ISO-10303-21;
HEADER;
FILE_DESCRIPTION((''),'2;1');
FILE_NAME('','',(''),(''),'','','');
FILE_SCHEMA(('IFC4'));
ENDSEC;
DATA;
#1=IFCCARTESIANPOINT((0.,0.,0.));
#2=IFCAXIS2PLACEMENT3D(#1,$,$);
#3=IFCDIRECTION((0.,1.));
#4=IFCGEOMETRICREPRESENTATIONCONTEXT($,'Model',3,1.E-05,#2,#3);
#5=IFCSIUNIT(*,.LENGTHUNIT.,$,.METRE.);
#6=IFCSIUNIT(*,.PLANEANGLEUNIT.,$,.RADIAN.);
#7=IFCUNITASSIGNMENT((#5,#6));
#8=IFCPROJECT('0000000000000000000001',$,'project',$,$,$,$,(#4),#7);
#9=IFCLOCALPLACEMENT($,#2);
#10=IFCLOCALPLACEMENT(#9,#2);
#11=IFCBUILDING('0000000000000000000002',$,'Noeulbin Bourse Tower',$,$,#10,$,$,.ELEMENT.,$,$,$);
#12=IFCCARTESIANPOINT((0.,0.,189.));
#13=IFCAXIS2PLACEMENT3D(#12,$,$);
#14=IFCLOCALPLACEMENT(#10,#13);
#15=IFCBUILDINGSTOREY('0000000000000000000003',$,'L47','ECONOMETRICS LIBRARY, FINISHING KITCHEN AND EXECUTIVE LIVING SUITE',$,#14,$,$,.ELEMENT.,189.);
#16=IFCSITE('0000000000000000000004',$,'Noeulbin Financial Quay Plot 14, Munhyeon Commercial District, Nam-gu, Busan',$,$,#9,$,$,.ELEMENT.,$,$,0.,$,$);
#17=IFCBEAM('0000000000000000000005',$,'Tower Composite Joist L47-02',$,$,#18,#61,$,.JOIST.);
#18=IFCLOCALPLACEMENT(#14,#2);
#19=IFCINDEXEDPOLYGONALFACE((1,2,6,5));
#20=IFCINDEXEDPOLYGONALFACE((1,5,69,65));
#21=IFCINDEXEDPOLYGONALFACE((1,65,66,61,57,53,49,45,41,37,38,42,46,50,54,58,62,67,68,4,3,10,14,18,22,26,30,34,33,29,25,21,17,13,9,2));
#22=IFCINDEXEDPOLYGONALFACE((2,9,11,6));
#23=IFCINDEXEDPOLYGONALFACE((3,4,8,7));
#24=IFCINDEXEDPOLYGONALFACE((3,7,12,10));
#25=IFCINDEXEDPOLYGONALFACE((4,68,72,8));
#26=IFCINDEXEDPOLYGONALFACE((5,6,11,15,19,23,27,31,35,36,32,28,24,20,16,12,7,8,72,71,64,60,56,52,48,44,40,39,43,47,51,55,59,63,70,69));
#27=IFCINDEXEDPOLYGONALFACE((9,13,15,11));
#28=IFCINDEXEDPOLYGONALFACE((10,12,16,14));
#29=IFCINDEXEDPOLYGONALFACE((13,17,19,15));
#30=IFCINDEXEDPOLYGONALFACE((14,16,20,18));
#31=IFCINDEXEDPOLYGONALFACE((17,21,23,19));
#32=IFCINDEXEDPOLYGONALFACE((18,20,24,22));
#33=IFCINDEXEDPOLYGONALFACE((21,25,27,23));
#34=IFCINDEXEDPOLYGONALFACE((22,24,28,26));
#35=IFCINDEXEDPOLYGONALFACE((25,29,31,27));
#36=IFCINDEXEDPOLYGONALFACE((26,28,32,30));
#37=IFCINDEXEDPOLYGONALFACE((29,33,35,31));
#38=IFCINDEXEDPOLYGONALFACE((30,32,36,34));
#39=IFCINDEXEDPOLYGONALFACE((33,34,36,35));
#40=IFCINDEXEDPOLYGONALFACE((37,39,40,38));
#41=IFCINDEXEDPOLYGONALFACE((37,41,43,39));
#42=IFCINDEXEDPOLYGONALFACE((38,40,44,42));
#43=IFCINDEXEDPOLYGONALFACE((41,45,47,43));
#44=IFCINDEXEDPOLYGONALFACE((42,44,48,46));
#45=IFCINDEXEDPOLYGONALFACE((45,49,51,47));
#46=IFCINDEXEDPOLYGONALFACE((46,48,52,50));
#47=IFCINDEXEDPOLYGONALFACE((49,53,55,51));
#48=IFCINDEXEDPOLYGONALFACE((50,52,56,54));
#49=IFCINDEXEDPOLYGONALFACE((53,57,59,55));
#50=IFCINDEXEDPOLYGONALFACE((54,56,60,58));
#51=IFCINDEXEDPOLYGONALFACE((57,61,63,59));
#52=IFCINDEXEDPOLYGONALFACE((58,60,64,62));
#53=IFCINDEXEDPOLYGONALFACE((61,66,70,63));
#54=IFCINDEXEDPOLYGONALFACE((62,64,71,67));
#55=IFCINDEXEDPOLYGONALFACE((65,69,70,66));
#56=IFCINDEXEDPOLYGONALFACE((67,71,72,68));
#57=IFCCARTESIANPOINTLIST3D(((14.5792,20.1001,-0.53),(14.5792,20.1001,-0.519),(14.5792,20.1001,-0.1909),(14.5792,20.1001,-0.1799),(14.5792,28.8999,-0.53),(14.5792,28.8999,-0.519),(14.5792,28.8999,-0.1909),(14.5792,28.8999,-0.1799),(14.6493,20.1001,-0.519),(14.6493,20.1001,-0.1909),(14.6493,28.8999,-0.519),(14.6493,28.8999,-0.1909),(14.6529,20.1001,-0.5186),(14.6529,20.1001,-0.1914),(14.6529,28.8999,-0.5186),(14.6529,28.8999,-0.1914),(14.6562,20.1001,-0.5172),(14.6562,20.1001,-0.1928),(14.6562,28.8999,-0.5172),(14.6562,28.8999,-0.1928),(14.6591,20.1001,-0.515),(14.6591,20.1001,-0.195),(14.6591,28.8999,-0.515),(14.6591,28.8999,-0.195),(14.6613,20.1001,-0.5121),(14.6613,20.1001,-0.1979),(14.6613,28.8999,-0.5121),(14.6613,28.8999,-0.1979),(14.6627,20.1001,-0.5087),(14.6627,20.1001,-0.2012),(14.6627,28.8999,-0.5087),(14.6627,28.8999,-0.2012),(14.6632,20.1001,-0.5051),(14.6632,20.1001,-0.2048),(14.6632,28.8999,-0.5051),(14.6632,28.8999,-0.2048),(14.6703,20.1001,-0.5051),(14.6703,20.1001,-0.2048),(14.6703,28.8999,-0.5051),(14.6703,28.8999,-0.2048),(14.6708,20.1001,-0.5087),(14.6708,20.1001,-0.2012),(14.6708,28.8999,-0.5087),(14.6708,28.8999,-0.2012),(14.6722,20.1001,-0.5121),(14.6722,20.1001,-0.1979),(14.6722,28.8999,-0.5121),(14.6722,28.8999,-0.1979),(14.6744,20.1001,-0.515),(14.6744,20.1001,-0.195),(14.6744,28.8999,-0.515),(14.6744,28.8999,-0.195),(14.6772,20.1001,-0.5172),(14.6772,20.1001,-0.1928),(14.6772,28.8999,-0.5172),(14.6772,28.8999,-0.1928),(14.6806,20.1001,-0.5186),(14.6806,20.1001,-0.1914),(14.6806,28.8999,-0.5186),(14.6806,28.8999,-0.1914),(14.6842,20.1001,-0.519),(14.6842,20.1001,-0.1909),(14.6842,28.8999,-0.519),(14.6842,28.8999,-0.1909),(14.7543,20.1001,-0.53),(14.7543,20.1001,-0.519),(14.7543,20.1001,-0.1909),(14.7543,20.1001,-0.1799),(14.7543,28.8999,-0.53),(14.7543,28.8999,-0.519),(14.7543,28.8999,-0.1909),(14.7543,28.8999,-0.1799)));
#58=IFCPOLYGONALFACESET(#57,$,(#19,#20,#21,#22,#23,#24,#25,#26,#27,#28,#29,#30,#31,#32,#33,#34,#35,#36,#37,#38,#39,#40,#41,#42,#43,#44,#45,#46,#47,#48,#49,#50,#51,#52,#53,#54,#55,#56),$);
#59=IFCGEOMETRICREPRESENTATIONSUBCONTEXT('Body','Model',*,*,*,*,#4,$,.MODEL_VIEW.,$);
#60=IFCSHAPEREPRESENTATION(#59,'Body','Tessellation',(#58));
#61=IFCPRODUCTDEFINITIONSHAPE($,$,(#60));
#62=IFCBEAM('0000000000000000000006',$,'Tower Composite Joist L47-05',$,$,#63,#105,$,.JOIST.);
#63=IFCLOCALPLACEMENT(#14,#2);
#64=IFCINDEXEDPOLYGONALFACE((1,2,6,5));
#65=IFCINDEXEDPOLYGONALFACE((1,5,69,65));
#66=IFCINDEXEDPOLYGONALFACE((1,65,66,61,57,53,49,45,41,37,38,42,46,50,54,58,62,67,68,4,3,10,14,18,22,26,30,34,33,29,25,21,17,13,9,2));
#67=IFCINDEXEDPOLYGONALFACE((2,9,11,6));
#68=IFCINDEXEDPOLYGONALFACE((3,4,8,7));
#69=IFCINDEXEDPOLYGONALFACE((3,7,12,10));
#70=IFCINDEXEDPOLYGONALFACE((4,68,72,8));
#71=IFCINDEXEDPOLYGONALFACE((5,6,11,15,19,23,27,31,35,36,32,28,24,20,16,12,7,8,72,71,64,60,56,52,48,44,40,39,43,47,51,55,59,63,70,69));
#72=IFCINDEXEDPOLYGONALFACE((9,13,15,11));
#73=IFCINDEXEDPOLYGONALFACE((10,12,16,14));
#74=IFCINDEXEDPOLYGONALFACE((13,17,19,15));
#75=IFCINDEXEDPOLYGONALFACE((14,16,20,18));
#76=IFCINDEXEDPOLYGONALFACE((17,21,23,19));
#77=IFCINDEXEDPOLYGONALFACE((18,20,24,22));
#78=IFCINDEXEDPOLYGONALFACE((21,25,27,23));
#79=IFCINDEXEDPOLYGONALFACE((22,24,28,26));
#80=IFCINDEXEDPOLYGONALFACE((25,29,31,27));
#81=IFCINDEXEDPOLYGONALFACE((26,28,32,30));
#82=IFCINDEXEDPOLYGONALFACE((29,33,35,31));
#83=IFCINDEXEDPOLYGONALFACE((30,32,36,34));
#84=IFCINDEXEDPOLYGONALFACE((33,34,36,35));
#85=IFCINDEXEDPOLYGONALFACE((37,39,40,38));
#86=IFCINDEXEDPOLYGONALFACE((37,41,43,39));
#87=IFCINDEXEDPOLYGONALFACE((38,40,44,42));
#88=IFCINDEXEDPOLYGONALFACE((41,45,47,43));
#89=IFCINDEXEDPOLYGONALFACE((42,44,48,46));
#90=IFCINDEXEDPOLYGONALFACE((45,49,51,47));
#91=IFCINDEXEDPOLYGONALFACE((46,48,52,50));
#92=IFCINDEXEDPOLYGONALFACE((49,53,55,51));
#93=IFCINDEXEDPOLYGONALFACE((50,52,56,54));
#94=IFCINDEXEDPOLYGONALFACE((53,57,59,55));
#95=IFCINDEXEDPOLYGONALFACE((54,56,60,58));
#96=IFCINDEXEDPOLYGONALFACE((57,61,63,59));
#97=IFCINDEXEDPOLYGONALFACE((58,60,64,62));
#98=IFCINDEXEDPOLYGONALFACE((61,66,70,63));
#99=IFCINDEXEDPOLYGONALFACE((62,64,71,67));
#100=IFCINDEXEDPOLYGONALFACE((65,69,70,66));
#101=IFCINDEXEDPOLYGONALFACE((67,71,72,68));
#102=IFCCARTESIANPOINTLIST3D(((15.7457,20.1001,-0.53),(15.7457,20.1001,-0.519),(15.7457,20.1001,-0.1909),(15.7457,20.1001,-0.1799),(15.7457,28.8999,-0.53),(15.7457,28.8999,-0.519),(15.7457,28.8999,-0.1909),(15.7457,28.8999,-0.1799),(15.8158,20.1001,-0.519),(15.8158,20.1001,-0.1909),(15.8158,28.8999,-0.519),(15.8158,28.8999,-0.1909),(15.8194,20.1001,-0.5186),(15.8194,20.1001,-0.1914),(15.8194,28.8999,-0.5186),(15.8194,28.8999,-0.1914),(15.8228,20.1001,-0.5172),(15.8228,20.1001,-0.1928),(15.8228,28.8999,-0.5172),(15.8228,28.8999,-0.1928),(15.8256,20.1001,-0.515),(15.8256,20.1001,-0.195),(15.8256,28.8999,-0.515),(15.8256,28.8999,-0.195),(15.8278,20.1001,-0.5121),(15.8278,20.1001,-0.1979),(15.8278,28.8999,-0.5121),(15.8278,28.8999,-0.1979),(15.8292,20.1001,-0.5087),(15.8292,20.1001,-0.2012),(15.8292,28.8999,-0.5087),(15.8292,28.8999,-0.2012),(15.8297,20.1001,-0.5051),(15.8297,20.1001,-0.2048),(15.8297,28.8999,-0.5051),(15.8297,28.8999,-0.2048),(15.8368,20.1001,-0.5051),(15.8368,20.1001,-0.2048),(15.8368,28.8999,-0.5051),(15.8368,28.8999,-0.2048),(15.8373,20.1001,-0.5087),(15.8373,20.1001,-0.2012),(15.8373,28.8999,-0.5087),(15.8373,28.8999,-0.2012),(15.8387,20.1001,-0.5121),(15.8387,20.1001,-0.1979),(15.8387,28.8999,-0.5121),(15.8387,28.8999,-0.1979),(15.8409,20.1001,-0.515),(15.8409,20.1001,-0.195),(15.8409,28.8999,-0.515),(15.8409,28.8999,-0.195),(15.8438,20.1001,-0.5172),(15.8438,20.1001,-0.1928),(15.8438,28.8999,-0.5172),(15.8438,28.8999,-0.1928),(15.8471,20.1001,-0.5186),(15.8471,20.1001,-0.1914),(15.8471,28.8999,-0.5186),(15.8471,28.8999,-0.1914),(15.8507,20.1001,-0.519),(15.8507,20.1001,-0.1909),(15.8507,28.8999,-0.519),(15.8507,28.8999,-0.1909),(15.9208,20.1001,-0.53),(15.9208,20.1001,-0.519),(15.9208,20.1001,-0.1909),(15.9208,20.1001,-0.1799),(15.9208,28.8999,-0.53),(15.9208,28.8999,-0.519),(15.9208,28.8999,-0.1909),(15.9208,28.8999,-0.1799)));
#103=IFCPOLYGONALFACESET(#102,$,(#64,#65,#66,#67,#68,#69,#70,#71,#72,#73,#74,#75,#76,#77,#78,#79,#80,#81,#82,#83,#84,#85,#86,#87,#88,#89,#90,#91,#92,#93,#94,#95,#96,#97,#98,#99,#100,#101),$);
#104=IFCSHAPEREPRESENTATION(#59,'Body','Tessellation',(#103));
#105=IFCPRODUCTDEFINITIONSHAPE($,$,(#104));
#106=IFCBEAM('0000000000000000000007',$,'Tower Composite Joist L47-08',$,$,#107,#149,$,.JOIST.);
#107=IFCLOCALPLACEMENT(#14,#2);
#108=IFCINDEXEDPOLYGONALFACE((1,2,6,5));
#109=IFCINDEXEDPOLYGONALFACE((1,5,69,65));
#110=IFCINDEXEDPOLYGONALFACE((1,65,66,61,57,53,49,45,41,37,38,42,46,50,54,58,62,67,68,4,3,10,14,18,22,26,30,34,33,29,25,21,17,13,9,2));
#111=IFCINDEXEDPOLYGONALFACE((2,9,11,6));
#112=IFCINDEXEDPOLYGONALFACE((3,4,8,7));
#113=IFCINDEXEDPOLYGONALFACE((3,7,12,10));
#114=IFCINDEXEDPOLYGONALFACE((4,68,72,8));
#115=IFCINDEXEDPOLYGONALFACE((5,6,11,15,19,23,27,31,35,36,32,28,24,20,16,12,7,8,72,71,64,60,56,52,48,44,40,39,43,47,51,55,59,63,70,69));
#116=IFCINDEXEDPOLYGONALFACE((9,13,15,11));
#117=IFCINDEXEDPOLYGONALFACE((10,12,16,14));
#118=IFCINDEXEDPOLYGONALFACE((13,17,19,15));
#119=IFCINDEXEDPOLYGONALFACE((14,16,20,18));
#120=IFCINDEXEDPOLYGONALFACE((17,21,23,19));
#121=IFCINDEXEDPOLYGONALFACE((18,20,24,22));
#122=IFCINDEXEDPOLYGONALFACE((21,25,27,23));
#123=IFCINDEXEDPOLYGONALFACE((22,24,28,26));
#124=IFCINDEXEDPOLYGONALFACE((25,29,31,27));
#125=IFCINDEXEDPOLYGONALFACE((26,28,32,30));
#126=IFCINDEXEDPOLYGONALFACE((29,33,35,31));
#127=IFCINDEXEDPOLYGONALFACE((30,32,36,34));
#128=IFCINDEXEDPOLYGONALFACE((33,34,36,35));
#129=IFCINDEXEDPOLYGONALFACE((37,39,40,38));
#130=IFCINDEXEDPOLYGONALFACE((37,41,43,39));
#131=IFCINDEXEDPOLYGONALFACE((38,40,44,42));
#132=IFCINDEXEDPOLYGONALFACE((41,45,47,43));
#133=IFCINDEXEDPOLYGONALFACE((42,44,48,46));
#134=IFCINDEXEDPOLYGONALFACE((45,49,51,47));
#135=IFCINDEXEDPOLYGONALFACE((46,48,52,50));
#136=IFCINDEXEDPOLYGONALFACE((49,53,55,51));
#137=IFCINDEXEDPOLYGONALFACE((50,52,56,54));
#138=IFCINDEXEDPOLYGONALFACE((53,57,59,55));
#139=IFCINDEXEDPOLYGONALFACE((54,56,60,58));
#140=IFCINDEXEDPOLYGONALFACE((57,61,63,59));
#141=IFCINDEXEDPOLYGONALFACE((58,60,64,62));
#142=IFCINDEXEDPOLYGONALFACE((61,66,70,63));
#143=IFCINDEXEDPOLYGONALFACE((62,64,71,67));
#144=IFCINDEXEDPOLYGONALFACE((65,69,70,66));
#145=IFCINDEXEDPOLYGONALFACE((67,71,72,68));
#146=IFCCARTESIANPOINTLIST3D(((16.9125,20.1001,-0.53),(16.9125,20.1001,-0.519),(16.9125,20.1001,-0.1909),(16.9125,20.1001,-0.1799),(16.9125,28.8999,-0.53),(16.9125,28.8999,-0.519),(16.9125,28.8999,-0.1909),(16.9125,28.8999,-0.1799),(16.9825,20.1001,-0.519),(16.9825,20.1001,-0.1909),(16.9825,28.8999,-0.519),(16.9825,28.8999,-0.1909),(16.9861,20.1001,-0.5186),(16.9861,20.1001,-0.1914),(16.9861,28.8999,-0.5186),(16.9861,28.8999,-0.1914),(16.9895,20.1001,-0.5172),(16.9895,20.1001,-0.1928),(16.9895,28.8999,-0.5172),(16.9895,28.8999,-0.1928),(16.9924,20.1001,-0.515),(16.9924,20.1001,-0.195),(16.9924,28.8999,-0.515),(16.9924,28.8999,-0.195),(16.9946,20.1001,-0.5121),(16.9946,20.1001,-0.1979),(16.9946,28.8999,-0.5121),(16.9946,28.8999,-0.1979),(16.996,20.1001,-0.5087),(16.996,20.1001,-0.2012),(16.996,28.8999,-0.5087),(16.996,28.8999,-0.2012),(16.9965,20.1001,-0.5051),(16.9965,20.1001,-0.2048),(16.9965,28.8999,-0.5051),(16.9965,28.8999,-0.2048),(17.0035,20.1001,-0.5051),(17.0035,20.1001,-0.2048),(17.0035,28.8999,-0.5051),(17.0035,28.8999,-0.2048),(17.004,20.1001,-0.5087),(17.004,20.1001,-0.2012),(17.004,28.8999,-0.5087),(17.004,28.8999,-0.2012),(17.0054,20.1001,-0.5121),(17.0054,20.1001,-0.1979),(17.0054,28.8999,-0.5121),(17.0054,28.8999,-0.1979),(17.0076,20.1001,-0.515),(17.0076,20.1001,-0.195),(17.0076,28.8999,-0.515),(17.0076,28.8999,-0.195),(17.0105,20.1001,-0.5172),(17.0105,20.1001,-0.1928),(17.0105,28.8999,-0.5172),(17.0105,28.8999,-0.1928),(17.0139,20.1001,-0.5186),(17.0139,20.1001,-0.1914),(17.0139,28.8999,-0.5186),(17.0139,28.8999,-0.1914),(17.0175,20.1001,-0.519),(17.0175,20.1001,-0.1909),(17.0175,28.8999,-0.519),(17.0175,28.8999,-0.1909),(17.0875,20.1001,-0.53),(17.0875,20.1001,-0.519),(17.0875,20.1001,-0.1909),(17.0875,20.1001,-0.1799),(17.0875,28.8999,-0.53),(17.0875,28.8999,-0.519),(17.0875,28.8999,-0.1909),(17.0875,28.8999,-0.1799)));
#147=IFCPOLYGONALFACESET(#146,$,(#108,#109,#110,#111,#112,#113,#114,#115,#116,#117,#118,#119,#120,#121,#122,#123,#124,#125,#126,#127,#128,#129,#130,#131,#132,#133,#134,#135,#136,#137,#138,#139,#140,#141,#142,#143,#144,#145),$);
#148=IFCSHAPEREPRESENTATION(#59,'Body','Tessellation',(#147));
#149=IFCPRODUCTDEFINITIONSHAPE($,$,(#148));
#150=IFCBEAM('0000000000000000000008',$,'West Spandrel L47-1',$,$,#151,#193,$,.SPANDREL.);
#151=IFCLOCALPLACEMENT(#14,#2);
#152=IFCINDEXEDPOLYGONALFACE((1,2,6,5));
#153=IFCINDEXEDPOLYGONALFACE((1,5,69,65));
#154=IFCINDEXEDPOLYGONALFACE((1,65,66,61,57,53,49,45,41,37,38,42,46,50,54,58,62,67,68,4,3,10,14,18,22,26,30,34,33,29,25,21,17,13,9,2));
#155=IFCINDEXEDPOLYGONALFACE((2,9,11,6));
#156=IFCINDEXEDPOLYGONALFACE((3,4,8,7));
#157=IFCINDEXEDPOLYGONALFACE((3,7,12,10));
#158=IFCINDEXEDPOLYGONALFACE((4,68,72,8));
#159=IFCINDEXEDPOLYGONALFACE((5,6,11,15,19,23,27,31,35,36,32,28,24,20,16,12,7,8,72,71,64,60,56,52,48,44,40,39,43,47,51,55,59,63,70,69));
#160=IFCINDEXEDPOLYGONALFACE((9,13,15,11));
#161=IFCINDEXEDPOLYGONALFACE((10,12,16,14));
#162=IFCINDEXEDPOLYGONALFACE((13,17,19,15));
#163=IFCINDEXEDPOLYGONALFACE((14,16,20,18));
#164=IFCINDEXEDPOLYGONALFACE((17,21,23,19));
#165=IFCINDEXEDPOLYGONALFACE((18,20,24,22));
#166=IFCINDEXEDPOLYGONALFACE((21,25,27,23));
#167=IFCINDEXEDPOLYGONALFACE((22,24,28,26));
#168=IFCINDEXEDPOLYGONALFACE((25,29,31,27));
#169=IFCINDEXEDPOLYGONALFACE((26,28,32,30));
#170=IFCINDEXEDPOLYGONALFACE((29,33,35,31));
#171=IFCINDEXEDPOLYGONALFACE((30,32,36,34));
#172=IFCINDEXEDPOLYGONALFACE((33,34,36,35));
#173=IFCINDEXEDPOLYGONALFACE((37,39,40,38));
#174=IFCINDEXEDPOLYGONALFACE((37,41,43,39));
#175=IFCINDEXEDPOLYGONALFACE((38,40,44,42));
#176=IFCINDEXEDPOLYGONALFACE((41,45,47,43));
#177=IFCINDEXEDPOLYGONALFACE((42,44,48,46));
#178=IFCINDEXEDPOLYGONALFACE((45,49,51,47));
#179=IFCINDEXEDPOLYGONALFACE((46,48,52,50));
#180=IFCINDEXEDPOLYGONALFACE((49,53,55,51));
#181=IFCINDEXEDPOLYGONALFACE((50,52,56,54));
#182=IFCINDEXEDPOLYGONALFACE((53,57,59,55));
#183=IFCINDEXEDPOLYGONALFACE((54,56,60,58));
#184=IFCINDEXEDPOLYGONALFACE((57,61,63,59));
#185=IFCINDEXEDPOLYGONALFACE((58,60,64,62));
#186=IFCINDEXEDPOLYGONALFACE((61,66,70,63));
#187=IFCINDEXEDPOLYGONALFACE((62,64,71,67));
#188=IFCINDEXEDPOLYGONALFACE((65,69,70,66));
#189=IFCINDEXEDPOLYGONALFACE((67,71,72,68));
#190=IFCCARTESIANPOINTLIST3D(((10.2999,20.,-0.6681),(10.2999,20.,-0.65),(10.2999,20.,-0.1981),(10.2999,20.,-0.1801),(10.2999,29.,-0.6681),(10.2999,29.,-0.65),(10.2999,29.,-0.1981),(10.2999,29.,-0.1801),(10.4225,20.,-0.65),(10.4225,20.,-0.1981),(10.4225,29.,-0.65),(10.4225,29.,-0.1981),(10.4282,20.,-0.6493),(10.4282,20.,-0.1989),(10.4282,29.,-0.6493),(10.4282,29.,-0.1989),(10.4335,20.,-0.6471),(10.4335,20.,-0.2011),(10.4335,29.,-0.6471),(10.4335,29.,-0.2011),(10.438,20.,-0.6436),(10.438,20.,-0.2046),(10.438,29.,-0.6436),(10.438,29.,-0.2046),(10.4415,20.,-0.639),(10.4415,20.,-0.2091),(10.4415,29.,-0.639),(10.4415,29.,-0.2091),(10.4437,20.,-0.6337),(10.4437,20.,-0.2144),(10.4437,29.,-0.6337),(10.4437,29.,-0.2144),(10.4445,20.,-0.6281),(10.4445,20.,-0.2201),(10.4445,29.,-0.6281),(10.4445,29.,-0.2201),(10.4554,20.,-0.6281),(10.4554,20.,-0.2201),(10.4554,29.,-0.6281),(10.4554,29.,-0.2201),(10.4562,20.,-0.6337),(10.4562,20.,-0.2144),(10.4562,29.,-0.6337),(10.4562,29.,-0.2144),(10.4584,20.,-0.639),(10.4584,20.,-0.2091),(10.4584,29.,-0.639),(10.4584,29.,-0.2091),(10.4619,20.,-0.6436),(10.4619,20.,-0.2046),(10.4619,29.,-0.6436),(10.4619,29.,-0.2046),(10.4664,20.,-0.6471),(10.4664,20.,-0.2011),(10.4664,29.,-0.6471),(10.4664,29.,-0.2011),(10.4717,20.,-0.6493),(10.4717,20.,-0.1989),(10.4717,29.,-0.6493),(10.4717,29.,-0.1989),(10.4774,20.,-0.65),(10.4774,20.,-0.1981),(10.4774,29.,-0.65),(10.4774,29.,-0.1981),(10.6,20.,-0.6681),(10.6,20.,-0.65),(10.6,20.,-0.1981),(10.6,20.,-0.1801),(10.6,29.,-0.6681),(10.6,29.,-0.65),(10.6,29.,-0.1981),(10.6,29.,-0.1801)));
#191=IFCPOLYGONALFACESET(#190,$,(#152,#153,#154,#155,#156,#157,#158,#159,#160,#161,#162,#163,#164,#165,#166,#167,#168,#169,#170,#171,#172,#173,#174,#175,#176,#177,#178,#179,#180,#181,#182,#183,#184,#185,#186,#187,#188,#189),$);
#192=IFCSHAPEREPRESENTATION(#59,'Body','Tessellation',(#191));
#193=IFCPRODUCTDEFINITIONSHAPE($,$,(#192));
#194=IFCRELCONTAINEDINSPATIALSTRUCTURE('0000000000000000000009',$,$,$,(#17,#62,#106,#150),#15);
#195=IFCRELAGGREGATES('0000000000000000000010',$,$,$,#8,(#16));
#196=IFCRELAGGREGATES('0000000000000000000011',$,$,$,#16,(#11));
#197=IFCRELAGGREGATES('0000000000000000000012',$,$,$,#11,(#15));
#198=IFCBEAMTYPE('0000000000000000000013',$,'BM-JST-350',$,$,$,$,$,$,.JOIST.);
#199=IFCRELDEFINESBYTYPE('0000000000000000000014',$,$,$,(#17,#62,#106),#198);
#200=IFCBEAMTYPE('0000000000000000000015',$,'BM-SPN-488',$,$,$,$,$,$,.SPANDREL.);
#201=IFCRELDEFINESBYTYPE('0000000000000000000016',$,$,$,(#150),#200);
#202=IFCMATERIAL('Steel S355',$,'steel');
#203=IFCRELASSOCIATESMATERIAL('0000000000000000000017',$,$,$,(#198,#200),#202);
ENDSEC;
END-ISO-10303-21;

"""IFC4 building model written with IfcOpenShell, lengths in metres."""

from ifc_helpers import new_model, si_unit, direction, frame, origin, origin_2d, place, context, subcontext, project, spatial, i_section, extrude, material, material_profile, profile_set, type_object, element, save


model = new_model("IFC4")

# Units and contexts
model_context = context("Model", 3, precision=1e-05, world=origin(), true_north=direction((0.0, 1.0)))
body_context = subcontext(model_context, "Body", "Model", "MODEL_VIEW")
ifc_project = project(units=[si_unit("LENGTHUNIT", "METRE"), si_unit("PLANEANGLEUNIT", "RADIAN")], contexts=[model_context])

# Site, building, storey
site_placement = place(None, origin())
site = spatial("IfcSite", under=ifc_project, at=site_placement, Name="Noeulbin Financial Quay Plot 14, Munhyeon Commercial District, Nam-gu, Busan", CompositionType="ELEMENT", RefElevation=0.0)
building_placement = place(site_placement, origin())
building = spatial("IfcBuilding", under=site, at=building_placement, Name="Noeulbin Bourse Tower", CompositionType="ELEMENT")
storey_placement = place(building_placement, frame((0.0, 0.0, 189.0)))
storey = spatial("IfcBuildingStorey", under=building, at=storey_placement, Name="L47", Description="ECONOMETRICS LIBRARY, FINISHING KITCHEN AND EXECUTIVE LIVING SUITE", CompositionType="ELEMENT", Elevation=189.0)

# Shared definitions
ifc_material_1 = material(Name="Steel S355", Category="steel")

# Beams
ifc_material_profile_1 = material_profile(ifc_material_1, i_section(OverallWidth=0.175, OverallDepth=0.3501, WebThickness=0.0071, FlangeThickness=0.011, FilletRadius=0.0139, at=origin_2d()), Name="H-350x175x7x11", Category="LoadBearing")
ifc_profile_set_1 = profile_set([ifc_material_profile_1], Name="Steel S355")
beam_type_1 = type_object("IfcBeamType", Name="BM-JST-350", PredefinedType="JOIST", material=ifc_profile_set_1)
for number, where, z_axis, x_axis, name in (
    (1, (14.6667, 20.1001, -0.355), (0.0, 1.0, 0.0), (-1.0, 0.0, 0.0), "Tower Composite Joist L47-02"),
    (2, (15.8333, 20.1001, -0.355), (0.0, 1.0, 0.0), (-1.0, 0.0, 0.0), "Tower Composite Joist L47-05"),
    (3, (17.0, 20.1001, -0.355), (0.0, 1.0, 0.0), (-1.0, 0.0, 0.0), "Tower Composite Joist L47-08"),
):
    element("IfcBeam", number, at=place(storey_placement, frame(where, z_axis=z_axis, x_axis=x_axis)), inside=storey, type_object=beam_type_1, Name=name, PredefinedType="JOIST", context=body_context, shape_type="SweptSolid", body=[
        extrude(i_section(OverallWidth=0.175, OverallDepth=0.3501, WebThickness=0.0071, FlangeThickness=0.011, FilletRadius=0.0139, at=origin_2d()), origin(), (0.0, 0.0, 1.0), 8.7998),
    ])
ifc_material_profile_2 = material_profile(ifc_material_1, i_section(OverallWidth=0.3, OverallDepth=0.488, WebThickness=0.011, FlangeThickness=0.0181, FilletRadius=0.022, at=origin_2d()), Name="H-488x300x11x18", Category="LoadBearing")
ifc_profile_set_2 = profile_set([ifc_material_profile_2], Name="Steel S355")
beam_type_2 = type_object("IfcBeamType", Name="BM-SPN-488", PredefinedType="SPANDREL", material=ifc_profile_set_2)
beam_1_placement = place(storey_placement, frame((10.45, 20.0, -0.4241), z_axis=(0.0, 1.0, 0.0), x_axis=(-1.0, 0.0, 0.0)))
element("IfcBeam", 4, at=beam_1_placement, inside=storey, type_object=beam_type_2, Name="West Spandrel L47-1", PredefinedType="SPANDREL", context=body_context, shape_type="SweptSolid", body=[
    extrude(i_section(OverallWidth=0.3, OverallDepth=0.488, WebThickness=0.011, FlangeThickness=0.0181, FilletRadius=0.022, at=origin_2d()), origin(), (0.0, 0.0, 1.0), 9.0),
])

save(model, "model.ifc")
